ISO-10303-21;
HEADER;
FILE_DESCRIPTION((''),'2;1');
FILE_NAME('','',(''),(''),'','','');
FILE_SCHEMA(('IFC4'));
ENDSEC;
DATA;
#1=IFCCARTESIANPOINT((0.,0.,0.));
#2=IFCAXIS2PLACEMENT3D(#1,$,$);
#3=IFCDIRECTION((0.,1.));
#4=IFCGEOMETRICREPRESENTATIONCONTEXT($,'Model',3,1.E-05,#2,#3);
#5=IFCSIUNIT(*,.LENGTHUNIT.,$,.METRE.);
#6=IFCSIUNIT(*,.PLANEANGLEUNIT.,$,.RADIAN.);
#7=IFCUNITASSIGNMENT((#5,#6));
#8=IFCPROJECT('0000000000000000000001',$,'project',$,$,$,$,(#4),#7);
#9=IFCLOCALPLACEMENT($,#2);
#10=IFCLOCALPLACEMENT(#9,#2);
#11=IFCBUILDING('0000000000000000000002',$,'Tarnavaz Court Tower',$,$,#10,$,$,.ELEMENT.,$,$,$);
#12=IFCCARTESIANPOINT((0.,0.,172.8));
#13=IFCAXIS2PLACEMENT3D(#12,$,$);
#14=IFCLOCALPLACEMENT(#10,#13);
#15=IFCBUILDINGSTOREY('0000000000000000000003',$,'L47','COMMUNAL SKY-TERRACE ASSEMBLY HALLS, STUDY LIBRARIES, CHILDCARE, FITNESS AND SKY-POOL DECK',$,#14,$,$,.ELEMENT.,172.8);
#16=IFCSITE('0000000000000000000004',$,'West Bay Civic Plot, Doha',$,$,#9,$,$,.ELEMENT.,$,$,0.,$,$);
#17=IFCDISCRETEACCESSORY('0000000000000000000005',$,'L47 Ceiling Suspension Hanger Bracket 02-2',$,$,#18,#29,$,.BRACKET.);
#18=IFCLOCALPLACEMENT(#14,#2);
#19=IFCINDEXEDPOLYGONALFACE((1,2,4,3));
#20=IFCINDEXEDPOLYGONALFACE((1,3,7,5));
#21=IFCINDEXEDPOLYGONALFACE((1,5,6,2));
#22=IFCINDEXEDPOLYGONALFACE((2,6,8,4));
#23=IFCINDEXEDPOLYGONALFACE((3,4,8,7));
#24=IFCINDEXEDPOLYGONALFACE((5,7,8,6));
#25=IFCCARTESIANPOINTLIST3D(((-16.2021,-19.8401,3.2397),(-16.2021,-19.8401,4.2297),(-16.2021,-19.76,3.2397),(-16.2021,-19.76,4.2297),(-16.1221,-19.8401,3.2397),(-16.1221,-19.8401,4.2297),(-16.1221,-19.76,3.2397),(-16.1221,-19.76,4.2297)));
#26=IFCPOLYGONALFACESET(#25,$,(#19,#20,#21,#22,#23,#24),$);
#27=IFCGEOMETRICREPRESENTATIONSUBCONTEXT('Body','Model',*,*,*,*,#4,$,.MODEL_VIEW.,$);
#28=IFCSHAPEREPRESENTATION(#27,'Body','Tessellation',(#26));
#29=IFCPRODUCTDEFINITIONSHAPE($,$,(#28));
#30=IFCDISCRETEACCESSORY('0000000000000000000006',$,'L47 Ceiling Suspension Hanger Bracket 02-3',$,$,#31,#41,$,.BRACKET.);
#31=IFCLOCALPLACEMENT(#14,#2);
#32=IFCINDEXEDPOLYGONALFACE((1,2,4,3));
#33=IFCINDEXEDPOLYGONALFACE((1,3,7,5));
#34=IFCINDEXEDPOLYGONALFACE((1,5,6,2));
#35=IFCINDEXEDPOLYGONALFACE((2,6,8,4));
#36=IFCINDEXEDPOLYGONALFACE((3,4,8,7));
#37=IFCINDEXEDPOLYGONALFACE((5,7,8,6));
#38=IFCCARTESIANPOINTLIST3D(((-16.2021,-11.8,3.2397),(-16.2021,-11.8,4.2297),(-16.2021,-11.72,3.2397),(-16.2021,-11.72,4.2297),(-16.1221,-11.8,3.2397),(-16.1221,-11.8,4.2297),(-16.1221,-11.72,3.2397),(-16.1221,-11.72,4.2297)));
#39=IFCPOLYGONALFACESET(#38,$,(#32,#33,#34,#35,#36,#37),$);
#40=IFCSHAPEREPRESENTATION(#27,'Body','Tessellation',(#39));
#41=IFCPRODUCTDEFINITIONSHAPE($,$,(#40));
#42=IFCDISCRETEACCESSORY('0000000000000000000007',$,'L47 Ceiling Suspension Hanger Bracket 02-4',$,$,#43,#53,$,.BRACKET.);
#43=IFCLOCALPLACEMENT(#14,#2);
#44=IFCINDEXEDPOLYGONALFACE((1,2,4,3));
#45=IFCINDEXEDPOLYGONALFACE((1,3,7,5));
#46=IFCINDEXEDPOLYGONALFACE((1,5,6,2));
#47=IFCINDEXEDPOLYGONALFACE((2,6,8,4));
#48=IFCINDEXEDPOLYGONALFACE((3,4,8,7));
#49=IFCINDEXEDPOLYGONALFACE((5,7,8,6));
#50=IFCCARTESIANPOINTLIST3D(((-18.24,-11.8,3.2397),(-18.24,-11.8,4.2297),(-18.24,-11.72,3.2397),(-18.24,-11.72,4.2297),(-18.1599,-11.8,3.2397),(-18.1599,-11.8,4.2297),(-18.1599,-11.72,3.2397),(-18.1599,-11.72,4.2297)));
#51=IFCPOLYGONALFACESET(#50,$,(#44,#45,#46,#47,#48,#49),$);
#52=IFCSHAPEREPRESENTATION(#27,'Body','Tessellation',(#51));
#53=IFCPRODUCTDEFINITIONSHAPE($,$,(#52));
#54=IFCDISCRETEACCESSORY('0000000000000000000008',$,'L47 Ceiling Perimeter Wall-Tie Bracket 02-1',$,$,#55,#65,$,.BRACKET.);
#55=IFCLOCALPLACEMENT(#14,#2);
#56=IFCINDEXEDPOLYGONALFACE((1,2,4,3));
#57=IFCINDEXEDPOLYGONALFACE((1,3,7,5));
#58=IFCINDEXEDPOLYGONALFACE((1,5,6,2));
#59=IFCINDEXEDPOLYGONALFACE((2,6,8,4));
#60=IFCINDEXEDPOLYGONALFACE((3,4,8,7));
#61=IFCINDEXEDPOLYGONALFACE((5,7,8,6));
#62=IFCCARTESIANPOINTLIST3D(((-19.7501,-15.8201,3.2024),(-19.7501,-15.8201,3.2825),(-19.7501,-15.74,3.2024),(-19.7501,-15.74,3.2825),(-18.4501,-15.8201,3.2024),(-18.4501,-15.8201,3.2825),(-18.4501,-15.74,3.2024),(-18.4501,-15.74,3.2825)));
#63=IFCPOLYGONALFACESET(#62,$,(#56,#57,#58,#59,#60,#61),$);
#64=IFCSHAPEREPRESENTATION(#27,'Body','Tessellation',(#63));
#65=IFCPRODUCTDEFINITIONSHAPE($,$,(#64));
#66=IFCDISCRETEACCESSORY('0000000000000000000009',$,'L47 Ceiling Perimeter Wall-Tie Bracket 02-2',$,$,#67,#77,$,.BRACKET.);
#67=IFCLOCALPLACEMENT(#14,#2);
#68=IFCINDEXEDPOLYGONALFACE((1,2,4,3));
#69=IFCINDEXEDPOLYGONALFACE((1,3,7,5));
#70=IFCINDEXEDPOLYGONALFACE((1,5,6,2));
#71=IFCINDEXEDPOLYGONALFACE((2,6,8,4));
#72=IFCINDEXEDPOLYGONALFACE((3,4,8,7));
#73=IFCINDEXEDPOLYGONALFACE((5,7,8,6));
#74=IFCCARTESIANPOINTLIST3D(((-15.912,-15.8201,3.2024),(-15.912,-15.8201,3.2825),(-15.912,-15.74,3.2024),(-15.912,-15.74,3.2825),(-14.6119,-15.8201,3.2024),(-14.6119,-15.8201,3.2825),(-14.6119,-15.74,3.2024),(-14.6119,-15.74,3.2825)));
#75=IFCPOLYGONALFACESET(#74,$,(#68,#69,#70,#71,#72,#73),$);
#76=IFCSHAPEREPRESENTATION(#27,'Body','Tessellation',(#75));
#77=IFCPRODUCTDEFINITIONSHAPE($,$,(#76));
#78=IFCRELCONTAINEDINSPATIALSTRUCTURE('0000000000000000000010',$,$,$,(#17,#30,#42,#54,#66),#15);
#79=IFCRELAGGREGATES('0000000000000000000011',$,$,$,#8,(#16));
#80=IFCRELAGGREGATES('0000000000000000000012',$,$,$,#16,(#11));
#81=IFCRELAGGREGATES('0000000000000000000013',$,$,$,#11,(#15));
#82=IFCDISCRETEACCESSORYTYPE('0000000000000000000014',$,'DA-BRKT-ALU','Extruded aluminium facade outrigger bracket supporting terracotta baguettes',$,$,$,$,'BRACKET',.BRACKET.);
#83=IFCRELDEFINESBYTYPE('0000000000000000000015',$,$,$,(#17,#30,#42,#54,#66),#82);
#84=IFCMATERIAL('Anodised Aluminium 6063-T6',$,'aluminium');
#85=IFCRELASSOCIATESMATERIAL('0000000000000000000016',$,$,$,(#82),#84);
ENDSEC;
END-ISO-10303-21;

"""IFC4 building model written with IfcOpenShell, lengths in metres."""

from ifc_helpers import new_model, si_unit, direction, frame, origin, origin_2d, place, context, subcontext, project, spatial, rectangle, extrude, material, type_object, element, save


model = new_model("IFC4")

# Units and contexts
model_context = context("Model", 3, precision=1e-05, world=origin(), true_north=direction((0.0, 1.0)))
body_context = subcontext(model_context, "Body", "Model", "MODEL_VIEW")
ifc_project = project(units=[si_unit("LENGTHUNIT", "METRE"), si_unit("PLANEANGLEUNIT", "RADIAN")], contexts=[model_context])

# Site, building, storey
site_placement = place(None, origin())
site = spatial("IfcSite", under=ifc_project, at=site_placement, Name="West Bay Civic Plot, Doha", CompositionType="ELEMENT", RefElevation=0.0)
building_placement = place(site_placement, origin())
building = spatial("IfcBuilding", under=site, at=building_placement, Name="Tarnavaz Court Tower", CompositionType="ELEMENT")
storey_placement = place(building_placement, frame((0.0, 0.0, 172.8)))
storey = spatial("IfcBuildingStorey", under=building, at=storey_placement, Name="L47", Description="COMMUNAL SKY-TERRACE ASSEMBLY HALLS, STUDY LIBRARIES, CHILDCARE, FITNESS AND SKY-POOL DECK", CompositionType="ELEMENT", Elevation=172.8)

# Shared definitions
ifc_material_1 = material(Name="Anodised Aluminium 6063-T6", Category="aluminium")

# Discrete accessories
discrete_accessory_type = type_object("IfcDiscreteAccessoryType", Name="DA-BRKT-ALU", Description="Extruded aluminium facade outrigger bracket supporting terracotta baguettes", ElementType="BRACKET", PredefinedType="BRACKET", material=ifc_material_1)
for number, where, z_axis, x_axis, name in (
    (1, (-16.1621, -19.8, 3.2397), (0.0, 0.0, 1.0), (1.0, 0.0, 0.0), "L47 Ceiling Suspension Hanger Bracket 02-2"),
    (2, (-16.1621, -11.76, 3.2397), (0.0, 0.0, 1.0), (1.0, 0.0, 0.0), "L47 Ceiling Suspension Hanger Bracket 02-3"),
    (3, (-18.2, -11.76, 3.2397), (0.0, 0.0, 1.0), (1.0, 0.0, 0.0), "L47 Ceiling Suspension Hanger Bracket 02-4"),
):
    element("IfcDiscreteAccessory", number, at=place(storey_placement, frame(where, z_axis=z_axis, x_axis=x_axis)), inside=storey, type_object=discrete_accessory_type, Name=name, PredefinedType="BRACKET", context=body_context, shape_type="SweptSolid", body=[
        extrude(rectangle(XDim=0.0801, YDim=0.0801, at=origin_2d()), origin(), (0.0, 0.0, 1.0), 0.99),
    ])
for number, where, z_axis, x_axis, name in (
    (4, (-19.1001, -15.78, 3.2024), (0.0, 0.0, 1.0), (1.0, 0.0, 0.0), "L47 Ceiling Perimeter Wall-Tie Bracket 02-1"),
    (5, (-15.262, -15.78, 3.2024), (0.0, 0.0, 1.0), (1.0, 0.0, 0.0), "L47 Ceiling Perimeter Wall-Tie Bracket 02-2"),
):
    element("IfcDiscreteAccessory", number, at=place(storey_placement, frame(where, z_axis=z_axis, x_axis=x_axis)), inside=storey, type_object=discrete_accessory_type, Name=name, PredefinedType="BRACKET", context=body_context, shape_type="SweptSolid", body=[
        extrude(rectangle(XDim=1.3, YDim=0.0801, at=origin_2d()), origin(), (0.0, 0.0, 1.0), 0.0801),
    ])

save(model, "model.ifc")
